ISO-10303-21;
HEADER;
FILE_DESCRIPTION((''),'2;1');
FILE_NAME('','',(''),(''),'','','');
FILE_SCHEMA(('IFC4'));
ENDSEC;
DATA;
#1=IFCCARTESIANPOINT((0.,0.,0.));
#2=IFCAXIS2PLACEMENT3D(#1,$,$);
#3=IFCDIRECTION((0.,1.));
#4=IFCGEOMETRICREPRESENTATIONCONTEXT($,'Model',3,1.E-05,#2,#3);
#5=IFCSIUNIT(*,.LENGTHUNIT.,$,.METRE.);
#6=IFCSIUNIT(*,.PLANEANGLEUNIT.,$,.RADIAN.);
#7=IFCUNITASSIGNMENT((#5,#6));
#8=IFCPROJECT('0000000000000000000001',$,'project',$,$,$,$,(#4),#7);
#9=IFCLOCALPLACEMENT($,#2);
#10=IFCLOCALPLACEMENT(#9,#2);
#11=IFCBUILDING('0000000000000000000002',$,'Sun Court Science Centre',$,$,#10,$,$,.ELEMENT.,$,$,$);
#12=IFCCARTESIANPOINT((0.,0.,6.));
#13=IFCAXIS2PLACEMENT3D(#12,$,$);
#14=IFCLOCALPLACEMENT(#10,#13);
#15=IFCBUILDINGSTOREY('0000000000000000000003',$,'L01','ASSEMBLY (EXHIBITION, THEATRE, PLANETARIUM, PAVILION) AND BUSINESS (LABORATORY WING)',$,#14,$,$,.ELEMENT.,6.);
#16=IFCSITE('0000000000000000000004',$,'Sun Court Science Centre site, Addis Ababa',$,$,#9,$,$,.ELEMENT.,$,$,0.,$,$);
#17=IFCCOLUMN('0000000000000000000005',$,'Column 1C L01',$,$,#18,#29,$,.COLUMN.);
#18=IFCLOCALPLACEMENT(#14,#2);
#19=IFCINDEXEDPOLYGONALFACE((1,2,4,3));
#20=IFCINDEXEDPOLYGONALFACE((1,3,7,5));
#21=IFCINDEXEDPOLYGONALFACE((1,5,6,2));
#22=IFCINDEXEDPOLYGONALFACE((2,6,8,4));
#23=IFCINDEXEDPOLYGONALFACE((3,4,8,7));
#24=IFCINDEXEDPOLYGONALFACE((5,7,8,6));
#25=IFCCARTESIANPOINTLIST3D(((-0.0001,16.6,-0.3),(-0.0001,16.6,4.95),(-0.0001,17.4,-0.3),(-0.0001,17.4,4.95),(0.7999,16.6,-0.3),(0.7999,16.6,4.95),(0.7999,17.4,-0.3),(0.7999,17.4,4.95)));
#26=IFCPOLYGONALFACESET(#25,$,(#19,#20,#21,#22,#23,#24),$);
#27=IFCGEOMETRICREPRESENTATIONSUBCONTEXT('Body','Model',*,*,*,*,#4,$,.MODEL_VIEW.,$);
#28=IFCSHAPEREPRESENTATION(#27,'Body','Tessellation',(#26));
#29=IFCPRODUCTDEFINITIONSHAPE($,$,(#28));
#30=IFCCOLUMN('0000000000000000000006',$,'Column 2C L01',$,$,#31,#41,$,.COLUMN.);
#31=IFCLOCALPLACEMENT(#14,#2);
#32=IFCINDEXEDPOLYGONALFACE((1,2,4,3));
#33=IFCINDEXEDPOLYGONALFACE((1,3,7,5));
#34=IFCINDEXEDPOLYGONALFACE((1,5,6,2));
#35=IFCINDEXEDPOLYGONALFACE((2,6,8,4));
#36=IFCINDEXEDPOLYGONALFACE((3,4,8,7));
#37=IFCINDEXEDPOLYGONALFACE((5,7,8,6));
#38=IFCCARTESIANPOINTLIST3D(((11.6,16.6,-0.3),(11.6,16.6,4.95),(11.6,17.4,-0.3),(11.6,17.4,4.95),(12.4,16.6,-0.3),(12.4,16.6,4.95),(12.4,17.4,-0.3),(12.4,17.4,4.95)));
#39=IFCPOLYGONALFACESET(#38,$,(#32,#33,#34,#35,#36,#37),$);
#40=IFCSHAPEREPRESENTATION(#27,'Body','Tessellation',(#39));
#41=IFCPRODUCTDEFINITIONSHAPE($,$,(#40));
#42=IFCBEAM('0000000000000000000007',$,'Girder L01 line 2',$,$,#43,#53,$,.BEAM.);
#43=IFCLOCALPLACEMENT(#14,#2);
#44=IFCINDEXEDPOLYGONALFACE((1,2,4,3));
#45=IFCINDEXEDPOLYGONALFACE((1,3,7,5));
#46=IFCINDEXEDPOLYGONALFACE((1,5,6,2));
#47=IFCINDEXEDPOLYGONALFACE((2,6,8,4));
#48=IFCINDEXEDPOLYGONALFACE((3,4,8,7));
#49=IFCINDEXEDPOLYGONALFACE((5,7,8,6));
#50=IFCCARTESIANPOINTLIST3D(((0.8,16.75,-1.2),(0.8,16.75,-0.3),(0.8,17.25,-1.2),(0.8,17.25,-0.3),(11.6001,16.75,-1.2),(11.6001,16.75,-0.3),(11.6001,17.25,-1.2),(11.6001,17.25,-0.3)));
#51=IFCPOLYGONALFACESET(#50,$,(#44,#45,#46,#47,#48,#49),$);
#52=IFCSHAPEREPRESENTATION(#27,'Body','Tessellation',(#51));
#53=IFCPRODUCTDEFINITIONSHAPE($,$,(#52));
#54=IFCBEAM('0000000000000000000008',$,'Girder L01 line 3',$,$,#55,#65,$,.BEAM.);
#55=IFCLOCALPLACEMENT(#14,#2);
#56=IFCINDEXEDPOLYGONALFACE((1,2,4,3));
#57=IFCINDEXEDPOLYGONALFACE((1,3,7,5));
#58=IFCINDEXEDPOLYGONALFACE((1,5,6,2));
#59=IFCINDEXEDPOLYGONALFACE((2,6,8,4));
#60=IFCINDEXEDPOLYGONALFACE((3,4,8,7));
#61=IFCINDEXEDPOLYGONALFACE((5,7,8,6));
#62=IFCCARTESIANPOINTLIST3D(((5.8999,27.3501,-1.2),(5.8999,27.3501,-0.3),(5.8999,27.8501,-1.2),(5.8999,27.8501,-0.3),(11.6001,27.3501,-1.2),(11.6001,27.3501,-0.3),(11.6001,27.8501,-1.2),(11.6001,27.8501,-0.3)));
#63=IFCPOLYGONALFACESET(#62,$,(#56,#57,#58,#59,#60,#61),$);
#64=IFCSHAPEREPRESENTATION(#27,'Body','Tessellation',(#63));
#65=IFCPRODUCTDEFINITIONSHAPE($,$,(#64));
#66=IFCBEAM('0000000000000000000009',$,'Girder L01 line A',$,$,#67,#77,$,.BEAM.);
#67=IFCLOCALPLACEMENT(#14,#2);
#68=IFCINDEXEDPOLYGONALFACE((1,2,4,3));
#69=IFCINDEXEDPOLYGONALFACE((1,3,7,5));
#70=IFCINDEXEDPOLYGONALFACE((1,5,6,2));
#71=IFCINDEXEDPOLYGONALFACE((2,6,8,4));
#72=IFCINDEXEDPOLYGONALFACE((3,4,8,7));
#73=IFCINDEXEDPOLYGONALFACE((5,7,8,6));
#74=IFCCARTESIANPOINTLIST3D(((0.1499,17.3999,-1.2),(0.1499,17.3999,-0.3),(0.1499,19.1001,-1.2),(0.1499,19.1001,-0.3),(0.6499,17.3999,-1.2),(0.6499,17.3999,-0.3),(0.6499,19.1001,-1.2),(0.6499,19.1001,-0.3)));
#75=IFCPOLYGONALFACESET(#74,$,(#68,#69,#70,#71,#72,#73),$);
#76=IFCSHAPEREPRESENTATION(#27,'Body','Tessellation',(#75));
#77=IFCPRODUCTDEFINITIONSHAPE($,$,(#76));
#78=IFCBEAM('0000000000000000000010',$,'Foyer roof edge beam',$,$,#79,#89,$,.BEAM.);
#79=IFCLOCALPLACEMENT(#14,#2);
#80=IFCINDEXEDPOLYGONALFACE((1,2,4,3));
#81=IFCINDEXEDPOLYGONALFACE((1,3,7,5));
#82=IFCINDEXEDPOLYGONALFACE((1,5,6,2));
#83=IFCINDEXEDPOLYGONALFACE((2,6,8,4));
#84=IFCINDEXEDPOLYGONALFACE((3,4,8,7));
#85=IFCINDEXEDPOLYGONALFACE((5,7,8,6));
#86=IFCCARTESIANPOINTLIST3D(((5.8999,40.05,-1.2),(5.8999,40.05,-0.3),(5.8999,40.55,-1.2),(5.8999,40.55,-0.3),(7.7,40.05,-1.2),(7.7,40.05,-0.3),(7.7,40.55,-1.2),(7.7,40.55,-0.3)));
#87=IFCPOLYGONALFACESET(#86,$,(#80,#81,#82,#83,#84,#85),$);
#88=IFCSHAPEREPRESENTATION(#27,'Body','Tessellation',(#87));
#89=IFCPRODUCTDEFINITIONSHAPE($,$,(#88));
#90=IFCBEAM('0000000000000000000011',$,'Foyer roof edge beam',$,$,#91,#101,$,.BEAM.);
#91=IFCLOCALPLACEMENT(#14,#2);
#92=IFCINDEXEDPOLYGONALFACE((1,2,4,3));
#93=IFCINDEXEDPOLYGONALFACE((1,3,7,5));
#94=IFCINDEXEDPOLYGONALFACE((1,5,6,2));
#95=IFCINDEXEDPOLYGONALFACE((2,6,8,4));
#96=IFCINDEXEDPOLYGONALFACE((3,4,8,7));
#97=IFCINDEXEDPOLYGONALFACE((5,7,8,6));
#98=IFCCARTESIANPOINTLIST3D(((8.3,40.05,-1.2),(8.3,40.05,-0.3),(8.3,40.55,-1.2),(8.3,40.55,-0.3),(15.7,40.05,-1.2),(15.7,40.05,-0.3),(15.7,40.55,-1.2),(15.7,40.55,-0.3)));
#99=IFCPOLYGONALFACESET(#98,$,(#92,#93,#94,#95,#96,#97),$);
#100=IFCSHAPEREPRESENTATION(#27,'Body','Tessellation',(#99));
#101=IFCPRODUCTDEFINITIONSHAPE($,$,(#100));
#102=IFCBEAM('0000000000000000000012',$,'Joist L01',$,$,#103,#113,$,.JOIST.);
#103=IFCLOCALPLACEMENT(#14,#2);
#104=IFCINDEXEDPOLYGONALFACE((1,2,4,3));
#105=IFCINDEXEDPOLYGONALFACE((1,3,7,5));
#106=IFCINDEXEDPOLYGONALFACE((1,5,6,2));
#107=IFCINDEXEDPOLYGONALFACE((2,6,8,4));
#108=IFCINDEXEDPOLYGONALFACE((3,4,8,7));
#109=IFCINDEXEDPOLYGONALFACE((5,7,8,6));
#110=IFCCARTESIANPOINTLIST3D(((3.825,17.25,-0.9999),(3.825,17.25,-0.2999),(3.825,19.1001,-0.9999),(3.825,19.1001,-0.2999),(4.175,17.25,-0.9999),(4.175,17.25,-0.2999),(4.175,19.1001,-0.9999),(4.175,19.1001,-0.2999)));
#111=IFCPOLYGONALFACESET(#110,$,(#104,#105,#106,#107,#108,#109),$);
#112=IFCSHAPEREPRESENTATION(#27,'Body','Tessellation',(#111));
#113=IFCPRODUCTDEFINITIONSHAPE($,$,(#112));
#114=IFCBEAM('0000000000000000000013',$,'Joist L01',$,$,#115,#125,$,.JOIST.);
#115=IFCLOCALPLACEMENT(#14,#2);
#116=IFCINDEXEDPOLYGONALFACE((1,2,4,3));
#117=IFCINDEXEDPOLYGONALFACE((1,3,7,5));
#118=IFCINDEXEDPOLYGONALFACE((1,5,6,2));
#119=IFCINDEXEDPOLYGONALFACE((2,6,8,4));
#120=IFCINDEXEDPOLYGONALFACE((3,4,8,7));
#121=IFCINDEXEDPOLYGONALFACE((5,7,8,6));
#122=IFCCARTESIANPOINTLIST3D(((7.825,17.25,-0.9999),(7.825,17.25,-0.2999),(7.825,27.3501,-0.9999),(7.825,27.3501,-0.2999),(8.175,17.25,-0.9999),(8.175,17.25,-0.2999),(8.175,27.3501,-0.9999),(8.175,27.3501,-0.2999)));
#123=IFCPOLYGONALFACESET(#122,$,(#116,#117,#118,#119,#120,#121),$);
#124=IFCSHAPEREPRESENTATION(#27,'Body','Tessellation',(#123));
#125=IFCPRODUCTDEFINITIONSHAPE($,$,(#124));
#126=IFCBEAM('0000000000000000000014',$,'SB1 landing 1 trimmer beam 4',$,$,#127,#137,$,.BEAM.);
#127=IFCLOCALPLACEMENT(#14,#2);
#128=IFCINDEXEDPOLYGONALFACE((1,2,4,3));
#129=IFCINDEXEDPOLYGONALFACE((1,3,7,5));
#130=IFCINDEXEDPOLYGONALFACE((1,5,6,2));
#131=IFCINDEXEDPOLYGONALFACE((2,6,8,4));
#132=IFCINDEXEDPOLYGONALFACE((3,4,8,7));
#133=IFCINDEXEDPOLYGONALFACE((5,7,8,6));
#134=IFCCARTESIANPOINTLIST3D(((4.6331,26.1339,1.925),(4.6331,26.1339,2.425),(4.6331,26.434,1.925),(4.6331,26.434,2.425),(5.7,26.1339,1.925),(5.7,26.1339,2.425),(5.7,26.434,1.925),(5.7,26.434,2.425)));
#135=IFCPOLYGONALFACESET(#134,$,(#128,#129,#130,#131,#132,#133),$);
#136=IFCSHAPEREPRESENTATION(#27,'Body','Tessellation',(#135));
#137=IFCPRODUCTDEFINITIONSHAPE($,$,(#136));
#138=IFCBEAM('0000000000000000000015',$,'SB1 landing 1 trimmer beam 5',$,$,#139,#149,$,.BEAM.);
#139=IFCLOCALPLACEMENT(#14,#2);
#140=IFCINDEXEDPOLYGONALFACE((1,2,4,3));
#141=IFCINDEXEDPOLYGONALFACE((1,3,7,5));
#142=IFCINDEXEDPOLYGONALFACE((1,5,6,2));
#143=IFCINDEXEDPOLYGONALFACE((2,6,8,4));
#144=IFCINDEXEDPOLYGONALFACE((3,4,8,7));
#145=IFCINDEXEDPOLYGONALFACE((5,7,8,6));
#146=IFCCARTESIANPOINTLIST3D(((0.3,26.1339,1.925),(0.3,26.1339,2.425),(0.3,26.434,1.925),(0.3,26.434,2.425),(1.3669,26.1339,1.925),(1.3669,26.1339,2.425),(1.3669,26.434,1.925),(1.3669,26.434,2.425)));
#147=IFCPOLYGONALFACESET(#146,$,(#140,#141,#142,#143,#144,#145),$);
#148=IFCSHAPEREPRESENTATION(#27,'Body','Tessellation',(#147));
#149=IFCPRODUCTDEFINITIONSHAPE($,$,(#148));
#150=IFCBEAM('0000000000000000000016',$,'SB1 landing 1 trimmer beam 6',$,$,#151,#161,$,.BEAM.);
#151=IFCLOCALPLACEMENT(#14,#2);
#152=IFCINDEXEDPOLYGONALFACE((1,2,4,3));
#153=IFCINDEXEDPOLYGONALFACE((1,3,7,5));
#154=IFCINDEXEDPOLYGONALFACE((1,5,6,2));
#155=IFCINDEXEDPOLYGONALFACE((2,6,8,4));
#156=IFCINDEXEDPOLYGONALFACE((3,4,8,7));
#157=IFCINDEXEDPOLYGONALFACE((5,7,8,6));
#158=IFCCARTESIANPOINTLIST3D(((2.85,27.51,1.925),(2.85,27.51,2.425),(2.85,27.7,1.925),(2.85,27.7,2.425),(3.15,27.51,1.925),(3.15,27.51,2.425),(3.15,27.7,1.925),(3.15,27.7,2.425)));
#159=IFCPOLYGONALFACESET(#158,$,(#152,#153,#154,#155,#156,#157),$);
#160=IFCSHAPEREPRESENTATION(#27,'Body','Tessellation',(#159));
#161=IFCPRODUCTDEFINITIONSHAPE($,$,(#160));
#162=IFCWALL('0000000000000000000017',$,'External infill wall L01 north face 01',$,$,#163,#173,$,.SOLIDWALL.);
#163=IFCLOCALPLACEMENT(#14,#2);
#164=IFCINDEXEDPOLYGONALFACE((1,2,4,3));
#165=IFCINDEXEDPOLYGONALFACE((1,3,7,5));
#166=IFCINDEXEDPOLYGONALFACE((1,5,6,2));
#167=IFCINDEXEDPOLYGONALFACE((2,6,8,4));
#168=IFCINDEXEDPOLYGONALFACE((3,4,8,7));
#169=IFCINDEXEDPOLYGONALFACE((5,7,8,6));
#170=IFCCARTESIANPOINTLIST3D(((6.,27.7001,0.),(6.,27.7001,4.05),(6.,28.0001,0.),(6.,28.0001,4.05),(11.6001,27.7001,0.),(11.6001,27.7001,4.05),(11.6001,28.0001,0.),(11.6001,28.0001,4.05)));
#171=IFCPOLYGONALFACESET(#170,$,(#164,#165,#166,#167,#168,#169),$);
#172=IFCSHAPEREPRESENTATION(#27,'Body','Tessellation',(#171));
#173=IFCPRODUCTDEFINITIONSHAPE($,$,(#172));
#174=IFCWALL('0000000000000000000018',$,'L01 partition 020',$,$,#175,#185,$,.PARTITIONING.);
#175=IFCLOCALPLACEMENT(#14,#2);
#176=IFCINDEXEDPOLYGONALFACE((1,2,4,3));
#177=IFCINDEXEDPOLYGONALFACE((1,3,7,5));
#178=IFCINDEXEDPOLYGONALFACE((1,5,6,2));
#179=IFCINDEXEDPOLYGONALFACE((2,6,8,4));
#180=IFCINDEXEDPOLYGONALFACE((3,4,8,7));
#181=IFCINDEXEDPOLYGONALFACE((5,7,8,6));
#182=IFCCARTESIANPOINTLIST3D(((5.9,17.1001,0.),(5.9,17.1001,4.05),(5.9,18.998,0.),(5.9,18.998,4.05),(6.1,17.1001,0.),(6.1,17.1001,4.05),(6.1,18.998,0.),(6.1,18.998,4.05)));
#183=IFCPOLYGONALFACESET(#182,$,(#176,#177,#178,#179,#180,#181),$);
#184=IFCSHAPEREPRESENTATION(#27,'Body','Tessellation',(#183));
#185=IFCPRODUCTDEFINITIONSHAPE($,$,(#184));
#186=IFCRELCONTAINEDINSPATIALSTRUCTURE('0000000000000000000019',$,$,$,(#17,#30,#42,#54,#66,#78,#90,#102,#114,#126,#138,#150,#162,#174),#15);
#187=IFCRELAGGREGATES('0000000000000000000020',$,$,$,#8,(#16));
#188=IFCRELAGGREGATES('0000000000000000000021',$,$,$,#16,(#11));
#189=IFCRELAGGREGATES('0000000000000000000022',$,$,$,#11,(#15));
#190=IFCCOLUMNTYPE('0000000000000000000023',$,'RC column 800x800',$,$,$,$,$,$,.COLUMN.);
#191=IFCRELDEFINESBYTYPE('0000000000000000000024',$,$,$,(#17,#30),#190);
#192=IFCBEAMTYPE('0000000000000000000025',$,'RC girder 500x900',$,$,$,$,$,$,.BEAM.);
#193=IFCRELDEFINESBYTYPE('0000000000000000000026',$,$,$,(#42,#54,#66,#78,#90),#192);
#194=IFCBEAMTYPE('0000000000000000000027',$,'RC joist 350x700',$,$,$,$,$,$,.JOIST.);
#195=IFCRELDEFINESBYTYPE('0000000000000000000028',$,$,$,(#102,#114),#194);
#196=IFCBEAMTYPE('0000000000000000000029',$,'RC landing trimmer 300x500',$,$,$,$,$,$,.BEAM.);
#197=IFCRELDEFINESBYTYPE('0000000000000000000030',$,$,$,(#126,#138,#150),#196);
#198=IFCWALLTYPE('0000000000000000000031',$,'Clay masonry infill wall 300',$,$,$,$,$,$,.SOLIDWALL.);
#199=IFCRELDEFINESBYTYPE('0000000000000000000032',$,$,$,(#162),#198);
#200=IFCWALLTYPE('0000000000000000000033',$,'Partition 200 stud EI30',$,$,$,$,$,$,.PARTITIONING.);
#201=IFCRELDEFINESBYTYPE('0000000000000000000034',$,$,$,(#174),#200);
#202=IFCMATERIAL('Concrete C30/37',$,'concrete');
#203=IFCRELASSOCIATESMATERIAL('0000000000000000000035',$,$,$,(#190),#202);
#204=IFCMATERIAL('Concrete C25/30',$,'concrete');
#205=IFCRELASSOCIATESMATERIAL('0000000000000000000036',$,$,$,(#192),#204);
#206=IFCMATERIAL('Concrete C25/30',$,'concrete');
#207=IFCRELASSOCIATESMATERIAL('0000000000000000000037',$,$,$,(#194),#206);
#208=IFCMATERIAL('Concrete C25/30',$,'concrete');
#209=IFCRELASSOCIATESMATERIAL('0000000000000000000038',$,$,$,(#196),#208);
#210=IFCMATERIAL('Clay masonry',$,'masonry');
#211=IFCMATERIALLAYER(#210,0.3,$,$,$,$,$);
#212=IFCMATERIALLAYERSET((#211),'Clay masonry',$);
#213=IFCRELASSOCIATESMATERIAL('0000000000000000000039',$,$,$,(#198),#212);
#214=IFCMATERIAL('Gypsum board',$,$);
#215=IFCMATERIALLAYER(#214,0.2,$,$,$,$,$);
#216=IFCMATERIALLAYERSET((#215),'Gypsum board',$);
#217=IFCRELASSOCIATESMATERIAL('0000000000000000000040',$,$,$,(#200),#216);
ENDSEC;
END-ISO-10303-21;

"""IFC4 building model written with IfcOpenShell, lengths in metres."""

from ifc_helpers import new_model, si_unit, direction, frame, frame_2d, origin, origin_2d, place, context, subcontext, project, spatial, rectangle, extrude, material, layer, layer_set, material_profile, profile_set, type_object, element, save


model = new_model("IFC4")

# Units and contexts
model_context = context("Model", 3, precision=1e-05, world=origin(), true_north=direction((0.0, 1.0)))
body_context = subcontext(model_context, "Body", "Model", "MODEL_VIEW")
ifc_project = project(units=[si_unit("LENGTHUNIT", "METRE"), si_unit("PLANEANGLEUNIT", "RADIAN")], contexts=[model_context])

# Site, building, storey
site_placement = place(None, origin())
site = spatial("IfcSite", under=ifc_project, at=site_placement, Name="Sun Court Science Centre site, Addis Ababa", CompositionType="ELEMENT", RefElevation=0.0)
building_placement = place(site_placement, origin())
building = spatial("IfcBuilding", under=site, at=building_placement, Name="Sun Court Science Centre", CompositionType="ELEMENT")
storey_placement = place(building_placement, frame((0.0, 0.0, 6.0)))
storey = spatial("IfcBuildingStorey", under=building, at=storey_placement, Name="L01", Description="ASSEMBLY (EXHIBITION, THEATRE, PLANETARIUM, PAVILION) AND BUSINESS (LABORATORY WING)", CompositionType="ELEMENT", Elevation=6.0)

# Columns
ifc_material_1 = material(Name="Concrete C30/37", Category="concrete")
ifc_material_profile_1 = material_profile(ifc_material_1, rectangle(XDim=0.8, YDim=0.8, at=origin_2d()), Name="RC 800x800")
ifc_profile_set_1 = profile_set([ifc_material_profile_1], Name="Concrete C30/37")
column_type = type_object("IfcColumnType", Name="RC column 800x800", PredefinedType="COLUMN", material=ifc_profile_set_1)
for number, where, z_axis, x_axis, name in (
    (1, (0.3999, 17.0, -0.3), (0.0, 0.0, 1.0), (1.0, 0.0, 0.0), "Column 1C L01"),
    (2, (12.0, 17.0, -0.3), (0.0, 0.0, 1.0), (1.0, 0.0, 0.0), "Column 2C L01"),
):
    element("IfcColumn", number, at=place(storey_placement, frame(where, z_axis=z_axis, x_axis=x_axis)), inside=storey, type_object=column_type, Name=name, PredefinedType="COLUMN", context=body_context, shape_type="SweptSolid", body=[
        extrude(rectangle(XDim=0.8, YDim=0.8, at=origin_2d()), origin(), (0.0, 0.0, 1.0), 5.25),
    ])

# Beams
ifc_material_2 = material(Name="Concrete C25/30", Category="concrete")
ifc_material_profile_2 = material_profile(ifc_material_2, rectangle(XDim=0.5, YDim=0.8999, at=origin_2d()), Name="RC 500x900")
ifc_profile_set_2 = profile_set([ifc_material_profile_2], Name="Concrete C25/30")
beam_type_1 = type_object("IfcBeamType", Name="RC girder 500x900", PredefinedType="BEAM", material=ifc_profile_set_2)
beam_1_placement = place(storey_placement, frame((0.8, 17.0, -0.75), z_axis=(1.0, 0.0, 0.0), x_axis=(0.0, 1.0, 0.0)))
element("IfcBeam", 3, at=beam_1_placement, inside=storey, type_object=beam_type_1, Name="Girder L01 line 2", PredefinedType="BEAM", context=body_context, shape_type="SweptSolid", body=[
    extrude(rectangle(XDim=0.5, YDim=0.8999, at=origin_2d()), origin(), (0.0, 0.0, 1.0), 10.8),
])
beam_2_placement = place(storey_placement, frame((5.8999, 27.6001, -0.75), z_axis=(1.0, 0.0, 0.0), x_axis=(0.0, 1.0, 0.0)))
element("IfcBeam", 4, at=beam_2_placement, inside=storey, type_object=beam_type_1, Name="Girder L01 line 3", PredefinedType="BEAM", context=body_context, shape_type="SweptSolid", body=[
    extrude(rectangle(XDim=0.5, YDim=0.8999, at=origin_2d()), origin(), (0.0, 0.0, 1.0), 5.7002),
])
beam_3_placement = place(storey_placement, frame((0.3999, 17.3999, -0.75), z_axis=(0.0, 1.0, 0.0), x_axis=(-1.0, 0.0, 0.0)))
element("IfcBeam", 5, at=beam_3_placement, inside=storey, type_object=beam_type_1, Name="Girder L01 line A", PredefinedType="BEAM", context=body_context, shape_type="SweptSolid", body=[
    extrude(rectangle(XDim=0.5, YDim=0.8999, at=origin_2d()), origin(), (0.0, 0.0, 1.0), 1.7002),
])
beam_4_placement = place(storey_placement, frame((5.8999, 40.3, -0.75), z_axis=(1.0, 0.0, 0.0), x_axis=(0.0, 1.0, 0.0)))
element("IfcBeam", 6, at=beam_4_placement, inside=storey, type_object=beam_type_1, Name="Foyer roof edge beam", PredefinedType="BEAM", context=body_context, shape_type="SweptSolid", body=[
    extrude(rectangle(XDim=0.5, YDim=0.8999, at=origin_2d()), origin(), (0.0, 0.0, 1.0), 1.8),
])
beam_5_placement = place(storey_placement, frame((8.3, 40.3, -0.75), z_axis=(1.0, 0.0, 0.0), x_axis=(0.0, 1.0, 0.0)))
element("IfcBeam", 7, at=beam_5_placement, inside=storey, type_object=beam_type_1, Name="Foyer roof edge beam", PredefinedType="BEAM", context=body_context, shape_type="SweptSolid", body=[
    extrude(rectangle(XDim=0.5, YDim=0.8999, at=origin_2d()), origin(), (0.0, 0.0, 1.0), 7.3999),
])
ifc_material_3 = material(Name="Concrete C25/30", Category="concrete")
ifc_material_profile_3 = material_profile(ifc_material_3, rectangle(XDim=0.3501, YDim=0.7, at=origin_2d()), Name="RC 350x700")
ifc_profile_set_3 = profile_set([ifc_material_profile_3], Name="Concrete C25/30")
beam_type_2 = type_object("IfcBeamType", Name="RC joist 350x700", PredefinedType="JOIST", material=ifc_profile_set_3)
beam_6_placement = place(storey_placement, frame((4.0, 17.25, -0.6499), z_axis=(0.0, 1.0, 0.0), x_axis=(-1.0, 0.0, 0.0)))
element("IfcBeam", 8, at=beam_6_placement, inside=storey, type_object=beam_type_2, Name="Joist L01", PredefinedType="JOIST", context=body_context, shape_type="SweptSolid", body=[
    extrude(rectangle(XDim=0.3501, YDim=0.7, at=origin_2d()), origin(), (0.0, 0.0, 1.0), 1.8501),
])
beam_7_placement = place(storey_placement, frame((8.0, 17.25, -0.6499), z_axis=(0.0, 1.0, 0.0), x_axis=(-1.0, 0.0, 0.0)))
element("IfcBeam", 9, at=beam_7_placement, inside=storey, type_object=beam_type_2, Name="Joist L01", PredefinedType="JOIST", context=body_context, shape_type="SweptSolid", body=[
    extrude(rectangle(XDim=0.3501, YDim=0.7, at=origin_2d()), origin(), (0.0, 0.0, 1.0), 10.1001),
])
ifc_material_4 = material(Name="Concrete C25/30", Category="concrete")
ifc_material_profile_4 = material_profile(ifc_material_4, rectangle(XDim=0.3, YDim=0.5, at=origin_2d()), Name="RC 300x500")
ifc_profile_set_4 = profile_set([ifc_material_profile_4], Name="Concrete C25/30")
beam_type_3 = type_object("IfcBeamType", Name="RC landing trimmer 300x500", PredefinedType="BEAM", material=ifc_profile_set_4)
for number, where, z_axis, x_axis, name in (
    (10, (5.7, 26.2839, 2.175), (-1.0, 0.0, 0.0), (0.0, -1.0, 0.0), "SB1 landing 1 trimmer beam 4"),
    (11, (0.3, 26.2839, 2.175), (1.0, 0.0, 0.0), (0.0, 1.0, 0.0), "SB1 landing 1 trimmer beam 5"),
):
    element("IfcBeam", number, at=place(storey_placement, frame(where, z_axis=z_axis, x_axis=x_axis)), inside=storey, type_object=beam_type_3, Name=name, PredefinedType="BEAM", context=body_context, shape_type="SweptSolid", body=[
        extrude(rectangle(XDim=0.3, YDim=0.5, at=origin_2d()), origin(), (0.0, 0.0, 1.0), 1.0669),
    ])
beam_8_placement = place(storey_placement, frame((3.0, 27.7, 2.175), z_axis=(0.0, -1.0, 0.0), x_axis=(1.0, 0.0, 0.0)))
element("IfcBeam", 12, at=beam_8_placement, inside=storey, type_object=beam_type_3, Name="SB1 landing 1 trimmer beam 6", PredefinedType="BEAM", context=body_context, shape_type="SweptSolid", body=[
    extrude(rectangle(XDim=0.3, YDim=0.5, at=origin_2d()), origin(), (0.0, 0.0, 1.0), 0.1899),
])

# Walls
ifc_material_5 = material(Name="Clay masonry", Category="masonry")
ifc_layer_1 = layer(ifc_material_5, 0.3)
ifc_layer_set_1 = layer_set([ifc_layer_1], Name="Clay masonry")
wall_type_1 = type_object("IfcWallType", Name="Clay masonry infill wall 300", PredefinedType="SOLIDWALL", material=ifc_layer_set_1)
wall_1_placement = place(storey_placement, frame((6.0, 27.8501, 0.0), z_axis=(0.0, 0.0, 1.0), x_axis=(1.0, 0.0, 0.0)))
element("IfcWall", 13, at=wall_1_placement, inside=storey, type_object=wall_type_1, Name="External infill wall L01 north face 01", PredefinedType="SOLIDWALL", context=body_context, shape_type="SweptSolid", body=[
    extrude(rectangle(XDim=5.6001, YDim=0.3, at=frame_2d((2.8, 0.0))), origin(), (0.0, 0.0, 1.0), 4.05),
])
ifc_material_6 = material(Name="Gypsum board")
ifc_layer_2 = layer(ifc_material_6, 0.2)
ifc_layer_set_2 = layer_set([ifc_layer_2], Name="Gypsum board")
wall_type_2 = type_object("IfcWallType", Name="Partition 200 stud EI30", PredefinedType="PARTITIONING", material=ifc_layer_set_2)
wall_2_placement = place(storey_placement, frame((6.0, 17.1001, 0.0), z_axis=(0.0, 0.0, 1.0), x_axis=(0.0, 1.0, 0.0)))
element("IfcWall", 14, at=wall_2_placement, inside=storey, type_object=wall_type_2, Name="L01 partition 020", PredefinedType="PARTITIONING", context=body_context, shape_type="SweptSolid", body=[
    extrude(rectangle(XDim=1.8979, YDim=0.2, at=frame_2d((0.949, 0.0))), origin(), (0.0, 0.0, 1.0), 4.05),
])

save(model, "model.ifc")
